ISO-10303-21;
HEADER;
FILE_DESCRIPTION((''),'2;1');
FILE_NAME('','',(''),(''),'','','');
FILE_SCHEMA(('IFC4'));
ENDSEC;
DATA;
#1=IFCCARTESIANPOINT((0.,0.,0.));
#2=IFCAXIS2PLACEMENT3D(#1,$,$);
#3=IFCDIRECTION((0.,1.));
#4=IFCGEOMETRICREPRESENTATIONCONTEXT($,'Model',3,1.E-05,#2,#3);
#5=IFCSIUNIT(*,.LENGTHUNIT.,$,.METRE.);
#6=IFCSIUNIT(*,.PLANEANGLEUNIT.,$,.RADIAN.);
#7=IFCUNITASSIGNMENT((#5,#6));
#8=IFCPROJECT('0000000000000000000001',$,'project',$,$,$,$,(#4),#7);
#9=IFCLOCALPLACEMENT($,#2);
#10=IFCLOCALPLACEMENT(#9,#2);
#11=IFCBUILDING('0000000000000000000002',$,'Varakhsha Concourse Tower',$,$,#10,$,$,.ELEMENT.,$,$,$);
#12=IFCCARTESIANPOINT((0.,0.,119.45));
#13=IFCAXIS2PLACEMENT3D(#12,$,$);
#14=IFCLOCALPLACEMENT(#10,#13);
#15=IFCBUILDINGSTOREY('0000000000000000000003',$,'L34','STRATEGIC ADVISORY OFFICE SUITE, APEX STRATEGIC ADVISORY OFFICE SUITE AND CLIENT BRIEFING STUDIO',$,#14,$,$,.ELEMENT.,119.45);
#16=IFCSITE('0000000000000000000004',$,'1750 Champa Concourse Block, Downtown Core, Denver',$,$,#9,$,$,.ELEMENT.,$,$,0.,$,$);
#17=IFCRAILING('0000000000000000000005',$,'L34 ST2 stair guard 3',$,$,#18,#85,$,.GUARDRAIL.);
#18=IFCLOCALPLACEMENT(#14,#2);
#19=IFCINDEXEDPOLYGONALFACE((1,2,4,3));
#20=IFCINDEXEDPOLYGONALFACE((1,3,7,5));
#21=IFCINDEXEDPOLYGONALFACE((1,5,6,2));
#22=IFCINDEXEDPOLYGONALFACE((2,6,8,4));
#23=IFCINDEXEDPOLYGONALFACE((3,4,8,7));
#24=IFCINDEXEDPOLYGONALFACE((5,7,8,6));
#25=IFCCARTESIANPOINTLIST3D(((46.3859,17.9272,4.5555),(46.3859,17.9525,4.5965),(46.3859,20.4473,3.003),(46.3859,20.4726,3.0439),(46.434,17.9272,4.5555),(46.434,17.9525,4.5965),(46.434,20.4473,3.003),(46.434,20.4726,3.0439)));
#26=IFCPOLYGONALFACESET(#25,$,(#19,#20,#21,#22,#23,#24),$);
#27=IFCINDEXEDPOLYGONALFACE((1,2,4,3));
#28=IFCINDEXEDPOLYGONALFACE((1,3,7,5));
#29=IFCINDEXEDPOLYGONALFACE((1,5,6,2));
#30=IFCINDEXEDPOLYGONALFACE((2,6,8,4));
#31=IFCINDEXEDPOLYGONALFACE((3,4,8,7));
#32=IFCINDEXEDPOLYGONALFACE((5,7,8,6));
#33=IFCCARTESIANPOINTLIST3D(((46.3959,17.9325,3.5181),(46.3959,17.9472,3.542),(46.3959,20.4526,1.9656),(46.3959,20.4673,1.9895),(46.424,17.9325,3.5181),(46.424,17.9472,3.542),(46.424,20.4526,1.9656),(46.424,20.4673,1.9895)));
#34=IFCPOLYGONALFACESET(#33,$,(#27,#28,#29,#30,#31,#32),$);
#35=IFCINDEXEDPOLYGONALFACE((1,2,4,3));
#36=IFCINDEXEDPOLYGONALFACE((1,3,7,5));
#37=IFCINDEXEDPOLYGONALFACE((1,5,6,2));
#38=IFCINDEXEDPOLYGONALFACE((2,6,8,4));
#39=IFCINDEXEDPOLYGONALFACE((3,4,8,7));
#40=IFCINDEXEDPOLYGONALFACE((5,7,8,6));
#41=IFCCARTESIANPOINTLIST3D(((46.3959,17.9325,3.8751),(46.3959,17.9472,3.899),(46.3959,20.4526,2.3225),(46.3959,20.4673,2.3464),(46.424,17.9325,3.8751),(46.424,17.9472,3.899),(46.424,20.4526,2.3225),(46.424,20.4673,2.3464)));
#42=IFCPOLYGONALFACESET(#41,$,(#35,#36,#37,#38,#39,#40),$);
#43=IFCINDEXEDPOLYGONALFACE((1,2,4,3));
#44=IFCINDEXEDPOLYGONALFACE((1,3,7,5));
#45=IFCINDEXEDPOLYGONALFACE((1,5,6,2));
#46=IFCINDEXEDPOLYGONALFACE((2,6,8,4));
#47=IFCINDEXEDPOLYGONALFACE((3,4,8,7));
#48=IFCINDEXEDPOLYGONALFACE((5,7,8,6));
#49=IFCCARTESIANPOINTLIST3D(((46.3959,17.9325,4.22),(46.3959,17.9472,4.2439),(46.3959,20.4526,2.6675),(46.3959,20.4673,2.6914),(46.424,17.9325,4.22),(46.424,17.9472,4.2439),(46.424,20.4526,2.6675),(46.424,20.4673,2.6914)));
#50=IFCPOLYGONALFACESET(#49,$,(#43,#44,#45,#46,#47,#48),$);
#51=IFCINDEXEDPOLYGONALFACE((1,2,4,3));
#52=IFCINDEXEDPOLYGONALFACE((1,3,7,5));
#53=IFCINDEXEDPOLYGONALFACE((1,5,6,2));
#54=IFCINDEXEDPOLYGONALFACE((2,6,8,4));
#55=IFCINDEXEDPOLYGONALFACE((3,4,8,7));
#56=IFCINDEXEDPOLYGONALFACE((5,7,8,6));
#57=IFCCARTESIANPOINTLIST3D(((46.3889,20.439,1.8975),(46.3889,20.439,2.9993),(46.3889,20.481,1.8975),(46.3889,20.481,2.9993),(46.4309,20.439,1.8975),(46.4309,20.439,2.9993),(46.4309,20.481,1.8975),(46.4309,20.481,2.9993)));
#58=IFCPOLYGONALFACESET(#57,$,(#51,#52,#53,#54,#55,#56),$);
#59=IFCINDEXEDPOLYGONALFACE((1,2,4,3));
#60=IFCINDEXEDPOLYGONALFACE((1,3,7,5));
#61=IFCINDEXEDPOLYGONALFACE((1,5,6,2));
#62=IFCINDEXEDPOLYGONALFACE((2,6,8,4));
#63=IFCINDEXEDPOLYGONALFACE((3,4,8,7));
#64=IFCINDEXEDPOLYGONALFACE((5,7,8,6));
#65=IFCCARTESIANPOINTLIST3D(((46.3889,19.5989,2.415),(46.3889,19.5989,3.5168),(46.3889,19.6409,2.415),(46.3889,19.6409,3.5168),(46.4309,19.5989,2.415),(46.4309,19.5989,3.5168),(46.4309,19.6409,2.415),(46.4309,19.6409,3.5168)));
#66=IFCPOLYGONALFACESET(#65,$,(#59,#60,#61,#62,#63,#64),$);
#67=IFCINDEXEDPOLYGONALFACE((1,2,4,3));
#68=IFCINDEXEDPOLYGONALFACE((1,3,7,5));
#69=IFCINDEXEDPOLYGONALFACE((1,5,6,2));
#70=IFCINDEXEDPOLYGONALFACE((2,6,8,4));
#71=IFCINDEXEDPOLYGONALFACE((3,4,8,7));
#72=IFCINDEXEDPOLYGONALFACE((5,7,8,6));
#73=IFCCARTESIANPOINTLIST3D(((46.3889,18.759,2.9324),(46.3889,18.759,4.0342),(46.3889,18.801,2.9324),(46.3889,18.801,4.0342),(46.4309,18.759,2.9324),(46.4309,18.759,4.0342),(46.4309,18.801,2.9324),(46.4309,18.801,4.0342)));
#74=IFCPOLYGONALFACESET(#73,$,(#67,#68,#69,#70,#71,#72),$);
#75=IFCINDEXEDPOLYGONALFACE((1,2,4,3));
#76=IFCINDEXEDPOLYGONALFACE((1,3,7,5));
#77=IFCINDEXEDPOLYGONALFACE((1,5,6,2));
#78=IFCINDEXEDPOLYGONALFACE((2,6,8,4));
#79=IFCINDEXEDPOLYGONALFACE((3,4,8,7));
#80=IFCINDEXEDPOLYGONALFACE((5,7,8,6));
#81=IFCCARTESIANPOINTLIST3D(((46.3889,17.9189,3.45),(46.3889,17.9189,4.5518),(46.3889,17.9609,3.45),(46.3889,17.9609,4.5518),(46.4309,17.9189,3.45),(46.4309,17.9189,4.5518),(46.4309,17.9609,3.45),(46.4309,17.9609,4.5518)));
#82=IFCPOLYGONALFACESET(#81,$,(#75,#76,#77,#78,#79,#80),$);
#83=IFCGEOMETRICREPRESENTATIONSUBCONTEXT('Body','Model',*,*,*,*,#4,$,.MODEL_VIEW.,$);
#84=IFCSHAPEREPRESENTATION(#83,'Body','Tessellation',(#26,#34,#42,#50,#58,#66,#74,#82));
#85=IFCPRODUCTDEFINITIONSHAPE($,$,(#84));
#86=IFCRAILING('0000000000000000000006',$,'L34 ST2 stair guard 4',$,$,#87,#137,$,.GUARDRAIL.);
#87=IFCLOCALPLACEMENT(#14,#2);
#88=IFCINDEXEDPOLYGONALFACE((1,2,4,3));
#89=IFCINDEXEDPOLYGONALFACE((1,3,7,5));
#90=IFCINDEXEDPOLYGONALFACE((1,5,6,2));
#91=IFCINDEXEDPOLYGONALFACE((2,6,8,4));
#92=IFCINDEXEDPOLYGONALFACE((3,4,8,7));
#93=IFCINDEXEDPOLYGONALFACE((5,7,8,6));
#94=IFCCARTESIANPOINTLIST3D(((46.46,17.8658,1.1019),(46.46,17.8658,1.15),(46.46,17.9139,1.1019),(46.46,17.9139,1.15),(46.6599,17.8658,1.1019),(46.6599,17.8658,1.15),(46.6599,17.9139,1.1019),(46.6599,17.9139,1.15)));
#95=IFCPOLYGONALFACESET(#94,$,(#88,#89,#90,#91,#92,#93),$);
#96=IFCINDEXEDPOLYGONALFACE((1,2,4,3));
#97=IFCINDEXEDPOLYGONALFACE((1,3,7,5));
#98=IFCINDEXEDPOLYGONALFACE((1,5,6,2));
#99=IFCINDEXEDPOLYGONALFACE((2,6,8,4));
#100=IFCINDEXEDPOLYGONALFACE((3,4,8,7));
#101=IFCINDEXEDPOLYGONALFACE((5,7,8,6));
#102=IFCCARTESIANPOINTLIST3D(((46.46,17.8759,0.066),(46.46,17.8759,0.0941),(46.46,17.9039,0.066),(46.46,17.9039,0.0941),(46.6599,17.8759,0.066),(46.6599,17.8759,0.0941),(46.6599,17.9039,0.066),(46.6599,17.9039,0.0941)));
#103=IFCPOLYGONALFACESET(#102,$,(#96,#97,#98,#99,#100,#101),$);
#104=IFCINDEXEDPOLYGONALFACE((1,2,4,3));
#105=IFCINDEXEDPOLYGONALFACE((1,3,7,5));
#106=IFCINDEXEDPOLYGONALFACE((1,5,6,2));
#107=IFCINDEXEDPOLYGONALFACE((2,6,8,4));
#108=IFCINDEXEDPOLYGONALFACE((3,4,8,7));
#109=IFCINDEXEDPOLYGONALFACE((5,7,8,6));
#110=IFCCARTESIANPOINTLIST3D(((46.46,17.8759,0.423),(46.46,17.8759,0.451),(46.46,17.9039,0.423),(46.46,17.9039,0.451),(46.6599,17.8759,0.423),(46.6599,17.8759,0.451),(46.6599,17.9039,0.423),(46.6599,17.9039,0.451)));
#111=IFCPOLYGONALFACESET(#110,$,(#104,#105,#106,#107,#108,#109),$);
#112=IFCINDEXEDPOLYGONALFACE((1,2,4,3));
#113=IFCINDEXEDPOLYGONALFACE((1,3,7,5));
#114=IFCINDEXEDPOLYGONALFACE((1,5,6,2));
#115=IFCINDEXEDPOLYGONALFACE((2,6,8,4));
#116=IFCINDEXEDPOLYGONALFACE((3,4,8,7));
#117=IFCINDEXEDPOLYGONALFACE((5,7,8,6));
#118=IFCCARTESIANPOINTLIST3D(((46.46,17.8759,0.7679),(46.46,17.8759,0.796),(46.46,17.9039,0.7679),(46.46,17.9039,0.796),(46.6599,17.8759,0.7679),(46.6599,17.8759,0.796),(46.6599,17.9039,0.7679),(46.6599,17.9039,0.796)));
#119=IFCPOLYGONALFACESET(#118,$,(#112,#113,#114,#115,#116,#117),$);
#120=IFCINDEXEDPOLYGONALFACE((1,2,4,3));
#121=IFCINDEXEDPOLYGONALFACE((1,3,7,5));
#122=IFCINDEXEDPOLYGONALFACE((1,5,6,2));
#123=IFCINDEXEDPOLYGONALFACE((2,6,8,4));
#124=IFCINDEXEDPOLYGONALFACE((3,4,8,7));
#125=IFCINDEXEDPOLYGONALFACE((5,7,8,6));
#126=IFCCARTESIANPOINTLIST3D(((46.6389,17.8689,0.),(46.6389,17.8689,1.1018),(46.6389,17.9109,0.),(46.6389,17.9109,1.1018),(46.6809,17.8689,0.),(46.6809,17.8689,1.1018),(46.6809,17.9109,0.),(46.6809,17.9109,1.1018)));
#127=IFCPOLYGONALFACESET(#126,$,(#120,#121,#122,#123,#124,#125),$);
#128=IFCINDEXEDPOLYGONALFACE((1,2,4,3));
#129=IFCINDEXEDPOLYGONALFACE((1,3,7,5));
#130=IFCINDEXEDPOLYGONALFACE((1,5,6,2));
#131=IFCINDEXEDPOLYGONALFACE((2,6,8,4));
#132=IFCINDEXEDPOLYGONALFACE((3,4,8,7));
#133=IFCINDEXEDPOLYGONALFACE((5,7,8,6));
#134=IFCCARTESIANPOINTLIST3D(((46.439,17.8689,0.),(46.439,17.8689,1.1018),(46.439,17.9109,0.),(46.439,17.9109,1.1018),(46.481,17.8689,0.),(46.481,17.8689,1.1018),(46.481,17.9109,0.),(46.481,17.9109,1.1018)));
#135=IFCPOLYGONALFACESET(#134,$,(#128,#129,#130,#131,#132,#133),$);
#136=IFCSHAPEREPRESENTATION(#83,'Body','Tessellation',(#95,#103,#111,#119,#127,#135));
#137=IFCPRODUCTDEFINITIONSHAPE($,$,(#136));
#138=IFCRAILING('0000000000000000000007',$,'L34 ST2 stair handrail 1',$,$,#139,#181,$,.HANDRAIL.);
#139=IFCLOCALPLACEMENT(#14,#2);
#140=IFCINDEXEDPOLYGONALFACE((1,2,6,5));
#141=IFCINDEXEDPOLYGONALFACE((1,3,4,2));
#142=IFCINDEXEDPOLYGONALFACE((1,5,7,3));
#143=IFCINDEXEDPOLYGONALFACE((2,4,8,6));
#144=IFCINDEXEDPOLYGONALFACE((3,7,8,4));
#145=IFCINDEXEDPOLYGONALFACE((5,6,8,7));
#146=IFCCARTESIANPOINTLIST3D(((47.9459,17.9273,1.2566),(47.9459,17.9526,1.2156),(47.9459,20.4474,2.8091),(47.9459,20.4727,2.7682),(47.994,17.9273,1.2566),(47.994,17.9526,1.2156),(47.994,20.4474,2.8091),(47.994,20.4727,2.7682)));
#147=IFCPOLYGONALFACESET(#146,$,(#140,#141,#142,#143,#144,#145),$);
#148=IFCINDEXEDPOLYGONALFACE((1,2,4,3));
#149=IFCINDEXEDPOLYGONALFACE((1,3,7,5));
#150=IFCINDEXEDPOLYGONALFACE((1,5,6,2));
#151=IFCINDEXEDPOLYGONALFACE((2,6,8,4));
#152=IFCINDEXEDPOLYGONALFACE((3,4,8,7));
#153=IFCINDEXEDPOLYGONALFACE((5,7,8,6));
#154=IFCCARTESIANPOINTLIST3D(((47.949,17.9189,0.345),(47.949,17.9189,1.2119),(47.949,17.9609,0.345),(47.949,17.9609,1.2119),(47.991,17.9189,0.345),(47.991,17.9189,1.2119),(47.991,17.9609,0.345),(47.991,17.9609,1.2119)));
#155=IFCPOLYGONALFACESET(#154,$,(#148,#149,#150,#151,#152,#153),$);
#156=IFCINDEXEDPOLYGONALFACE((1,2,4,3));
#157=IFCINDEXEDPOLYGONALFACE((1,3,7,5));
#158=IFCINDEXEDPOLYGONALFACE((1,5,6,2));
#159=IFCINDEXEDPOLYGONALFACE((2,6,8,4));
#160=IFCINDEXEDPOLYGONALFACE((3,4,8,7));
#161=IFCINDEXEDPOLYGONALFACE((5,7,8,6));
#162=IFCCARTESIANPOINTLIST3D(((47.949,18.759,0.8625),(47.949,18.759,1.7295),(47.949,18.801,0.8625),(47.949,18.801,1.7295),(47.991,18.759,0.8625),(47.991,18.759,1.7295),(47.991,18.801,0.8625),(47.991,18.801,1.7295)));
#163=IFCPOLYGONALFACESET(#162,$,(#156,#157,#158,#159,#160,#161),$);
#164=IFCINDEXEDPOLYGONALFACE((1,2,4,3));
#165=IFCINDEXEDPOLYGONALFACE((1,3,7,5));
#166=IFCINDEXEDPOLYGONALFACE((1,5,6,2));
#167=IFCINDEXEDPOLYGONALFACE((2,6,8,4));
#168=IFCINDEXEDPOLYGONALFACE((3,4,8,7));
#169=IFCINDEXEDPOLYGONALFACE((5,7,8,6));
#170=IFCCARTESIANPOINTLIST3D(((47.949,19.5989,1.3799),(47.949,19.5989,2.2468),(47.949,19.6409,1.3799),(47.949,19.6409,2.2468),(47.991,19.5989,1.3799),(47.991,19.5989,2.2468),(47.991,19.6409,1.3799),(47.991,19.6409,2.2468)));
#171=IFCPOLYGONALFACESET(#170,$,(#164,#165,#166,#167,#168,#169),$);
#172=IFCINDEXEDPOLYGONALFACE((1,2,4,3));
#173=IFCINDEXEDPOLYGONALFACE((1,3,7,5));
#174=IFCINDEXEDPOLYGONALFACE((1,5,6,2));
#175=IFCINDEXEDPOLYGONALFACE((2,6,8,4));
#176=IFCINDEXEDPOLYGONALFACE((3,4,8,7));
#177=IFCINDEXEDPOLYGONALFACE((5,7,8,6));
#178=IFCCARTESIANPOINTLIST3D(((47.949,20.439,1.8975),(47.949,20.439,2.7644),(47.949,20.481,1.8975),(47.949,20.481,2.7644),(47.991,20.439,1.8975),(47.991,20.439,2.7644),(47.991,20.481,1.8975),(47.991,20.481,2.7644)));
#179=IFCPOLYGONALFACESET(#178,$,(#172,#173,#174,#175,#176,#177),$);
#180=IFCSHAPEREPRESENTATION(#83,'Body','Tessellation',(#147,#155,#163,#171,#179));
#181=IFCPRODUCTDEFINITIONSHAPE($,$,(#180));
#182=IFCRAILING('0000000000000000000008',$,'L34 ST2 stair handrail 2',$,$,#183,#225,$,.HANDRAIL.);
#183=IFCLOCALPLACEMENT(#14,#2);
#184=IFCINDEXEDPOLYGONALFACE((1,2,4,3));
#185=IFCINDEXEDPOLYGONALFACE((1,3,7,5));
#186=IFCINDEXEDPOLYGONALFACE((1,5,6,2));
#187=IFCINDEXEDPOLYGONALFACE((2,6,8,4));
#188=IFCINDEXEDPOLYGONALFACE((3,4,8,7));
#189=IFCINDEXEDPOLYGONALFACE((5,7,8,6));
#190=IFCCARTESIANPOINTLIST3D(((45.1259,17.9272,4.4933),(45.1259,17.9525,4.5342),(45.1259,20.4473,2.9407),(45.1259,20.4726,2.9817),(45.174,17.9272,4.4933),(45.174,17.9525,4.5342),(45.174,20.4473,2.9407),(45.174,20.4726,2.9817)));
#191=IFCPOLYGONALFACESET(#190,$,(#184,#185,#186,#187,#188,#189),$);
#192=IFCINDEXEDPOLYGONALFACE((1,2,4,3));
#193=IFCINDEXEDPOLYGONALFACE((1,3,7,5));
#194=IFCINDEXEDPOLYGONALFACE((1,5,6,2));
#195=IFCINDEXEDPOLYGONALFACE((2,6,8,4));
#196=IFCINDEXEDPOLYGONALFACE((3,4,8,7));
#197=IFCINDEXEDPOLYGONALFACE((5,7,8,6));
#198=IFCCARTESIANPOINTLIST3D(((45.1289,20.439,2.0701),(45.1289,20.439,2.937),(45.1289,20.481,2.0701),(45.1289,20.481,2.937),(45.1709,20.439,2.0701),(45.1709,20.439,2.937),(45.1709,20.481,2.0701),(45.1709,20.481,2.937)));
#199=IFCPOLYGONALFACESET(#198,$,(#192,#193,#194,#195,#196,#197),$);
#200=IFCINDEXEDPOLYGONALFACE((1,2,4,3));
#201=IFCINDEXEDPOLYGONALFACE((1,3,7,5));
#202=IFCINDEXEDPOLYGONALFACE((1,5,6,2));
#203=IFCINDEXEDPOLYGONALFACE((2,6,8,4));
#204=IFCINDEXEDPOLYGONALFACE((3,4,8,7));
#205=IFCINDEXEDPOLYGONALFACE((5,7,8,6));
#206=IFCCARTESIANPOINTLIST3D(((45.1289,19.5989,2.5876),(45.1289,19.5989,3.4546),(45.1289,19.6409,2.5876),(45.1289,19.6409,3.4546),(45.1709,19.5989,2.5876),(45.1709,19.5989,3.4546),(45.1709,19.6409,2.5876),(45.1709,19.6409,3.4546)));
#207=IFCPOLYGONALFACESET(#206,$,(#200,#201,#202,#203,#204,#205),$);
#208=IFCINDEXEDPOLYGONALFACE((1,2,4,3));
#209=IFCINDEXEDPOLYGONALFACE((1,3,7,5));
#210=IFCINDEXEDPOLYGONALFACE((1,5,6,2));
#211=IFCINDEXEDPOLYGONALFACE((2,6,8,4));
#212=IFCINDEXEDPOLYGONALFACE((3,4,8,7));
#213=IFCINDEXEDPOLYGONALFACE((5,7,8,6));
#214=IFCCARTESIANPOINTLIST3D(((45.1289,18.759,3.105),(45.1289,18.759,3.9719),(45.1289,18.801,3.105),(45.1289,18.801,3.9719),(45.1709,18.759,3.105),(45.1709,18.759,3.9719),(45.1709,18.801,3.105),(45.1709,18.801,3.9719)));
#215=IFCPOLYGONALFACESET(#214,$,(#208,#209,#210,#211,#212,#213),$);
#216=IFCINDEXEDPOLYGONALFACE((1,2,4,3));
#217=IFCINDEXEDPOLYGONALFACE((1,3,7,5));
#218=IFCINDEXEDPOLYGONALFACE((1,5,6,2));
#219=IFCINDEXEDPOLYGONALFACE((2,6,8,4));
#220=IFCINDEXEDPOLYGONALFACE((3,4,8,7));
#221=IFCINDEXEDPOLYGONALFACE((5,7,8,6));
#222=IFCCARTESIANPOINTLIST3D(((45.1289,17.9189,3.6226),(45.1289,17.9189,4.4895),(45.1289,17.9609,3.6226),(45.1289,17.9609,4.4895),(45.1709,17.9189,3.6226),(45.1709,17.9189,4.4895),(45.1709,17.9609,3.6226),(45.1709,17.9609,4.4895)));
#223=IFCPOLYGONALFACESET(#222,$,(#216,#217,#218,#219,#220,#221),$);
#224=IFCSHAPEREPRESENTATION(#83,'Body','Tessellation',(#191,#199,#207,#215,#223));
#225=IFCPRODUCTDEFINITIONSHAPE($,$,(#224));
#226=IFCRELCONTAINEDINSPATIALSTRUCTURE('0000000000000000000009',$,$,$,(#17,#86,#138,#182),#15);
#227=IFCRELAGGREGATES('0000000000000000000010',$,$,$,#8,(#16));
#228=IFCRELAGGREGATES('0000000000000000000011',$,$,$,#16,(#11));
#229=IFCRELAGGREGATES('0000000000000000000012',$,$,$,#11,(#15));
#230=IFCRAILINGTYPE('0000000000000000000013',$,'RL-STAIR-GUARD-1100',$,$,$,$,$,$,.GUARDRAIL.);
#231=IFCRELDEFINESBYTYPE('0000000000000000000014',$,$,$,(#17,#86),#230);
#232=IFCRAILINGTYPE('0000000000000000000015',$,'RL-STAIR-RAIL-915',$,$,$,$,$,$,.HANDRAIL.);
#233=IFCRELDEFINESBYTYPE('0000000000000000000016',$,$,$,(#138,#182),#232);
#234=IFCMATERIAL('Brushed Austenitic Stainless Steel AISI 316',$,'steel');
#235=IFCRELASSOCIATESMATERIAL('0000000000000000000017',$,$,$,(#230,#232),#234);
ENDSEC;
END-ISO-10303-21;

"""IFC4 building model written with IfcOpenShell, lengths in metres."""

from ifc_helpers import new_model, si_unit, direction, frame, origin, origin_2d, place, context, subcontext, project, spatial, rectangle, extrude, material, type_object, element, save


model = new_model("IFC4")

# Units and contexts
model_context = context("Model", 3, precision=1e-05, world=origin(), true_north=direction((0.0, 1.0)))
body_context = subcontext(model_context, "Body", "Model", "MODEL_VIEW")
ifc_project = project(units=[si_unit("LENGTHUNIT", "METRE"), si_unit("PLANEANGLEUNIT", "RADIAN")], contexts=[model_context])

# Site, building, storey
site_placement = place(None, origin())
site = spatial("IfcSite", under=ifc_project, at=site_placement, Name="1750 Champa Concourse Block, Downtown Core, Denver", CompositionType="ELEMENT", RefElevation=0.0)
building_placement = place(site_placement, origin())
building = spatial("IfcBuilding", under=site, at=building_placement, Name="Varakhsha Concourse Tower", CompositionType="ELEMENT")
storey_placement = place(building_placement, frame((0.0, 0.0, 119.45)))
storey = spatial("IfcBuildingStorey", under=building, at=storey_placement, Name="L34", Description="STRATEGIC ADVISORY OFFICE SUITE, APEX STRATEGIC ADVISORY OFFICE SUITE AND CLIENT BRIEFING STUDIO", CompositionType="ELEMENT", Elevation=119.45)

# Railings
ifc_material_1 = material(Name="Brushed Austenitic Stainless Steel AISI 316", Category="steel")
railing_type_1 = type_object("IfcRailingType", Name="RL-STAIR-GUARD-1100", PredefinedType="GUARDRAIL", material=ifc_material_1)
railing_1_placement = place(storey_placement, frame((46.4099, 20.46, 1.8975)))
element("IfcRailing", 1, at=railing_1_placement, inside=storey, type_object=railing_type_1, Name="L34 ST2 stair guard 3", PredefinedType="GUARDRAIL", context=body_context, shape_type="SweptSolid", body=[
    extrude(rectangle(XDim=0.0481, YDim=0.0481, at=origin_2d()), frame((0.0, 0.0, 1.126), z_axis=(0.0, -0.8514, 0.524516), x_axis=(1.0, 0.0, 0.0)), (0.0, 0.0, 1.0), 2.96),
    extrude(rectangle(XDim=0.0281, YDim=0.0281, at=origin_2d()), frame((0.0, 0.0, 0.0801), z_axis=(0.0, -0.8514, 0.524516), x_axis=(1.0, 0.0, 0.0)), (0.0, 0.0, 1.0), 2.96),
    extrude(rectangle(XDim=0.0281, YDim=0.0281, at=origin_2d()), frame((0.0, 0.0, 0.437), z_axis=(0.0, -0.8514, 0.524516), x_axis=(1.0, 0.0, 0.0)), (0.0, 0.0, 1.0), 2.96),
    extrude(rectangle(XDim=0.0281, YDim=0.0281, at=origin_2d()), frame((0.0, 0.0, 0.782), z_axis=(0.0, -0.8514, 0.524516), x_axis=(1.0, 0.0, 0.0)), (0.0, 0.0, 1.0), 2.96),
    extrude(rectangle(XDim=0.042, YDim=0.042, at=origin_2d()), origin(), (0.0, 0.0, 1.0), 1.1018),
    extrude(rectangle(XDim=0.042, YDim=0.042, at=origin_2d()), frame((0.0, -0.8401, 0.5176)), (0.0, 0.0, 1.0), 1.1018),
    extrude(rectangle(XDim=0.042, YDim=0.042, at=origin_2d()), frame((0.0, -1.6799, 1.0349)), (0.0, 0.0, 1.0), 1.1018),
    extrude(rectangle(XDim=0.042, YDim=0.042, at=origin_2d()), frame((0.0, -2.52, 1.5525)), (0.0, 0.0, 1.0), 1.1018),
])
railing_2_placement = place(storey_placement, frame((46.6599, 17.8899, 0.0)))
element("IfcRailing", 2, at=railing_2_placement, inside=storey, type_object=railing_type_1, Name="L34 ST2 stair guard 4", PredefinedType="GUARDRAIL", context=body_context, shape_type="SweptSolid", body=[
    extrude(rectangle(XDim=0.0481, YDim=0.0481, at=origin_2d()), frame((0.0, 0.0, 1.126), z_axis=(-1.0, 0.0, 0.0), x_axis=(0.0, -1.0, 0.0)), (0.0, 0.0, 1.0), 0.2),
    extrude(rectangle(XDim=0.0281, YDim=0.0281, at=origin_2d()), frame((0.0, 0.0, 0.0801), z_axis=(-1.0, 0.0, 0.0), x_axis=(0.0, -1.0, 0.0)), (0.0, 0.0, 1.0), 0.2),
    extrude(rectangle(XDim=0.0281, YDim=0.0281, at=origin_2d()), frame((0.0, 0.0, 0.437), z_axis=(-1.0, 0.0, 0.0), x_axis=(0.0, -1.0, 0.0)), (0.0, 0.0, 1.0), 0.2),
    extrude(rectangle(XDim=0.0281, YDim=0.0281, at=origin_2d()), frame((0.0, 0.0, 0.782), z_axis=(-1.0, 0.0, 0.0), x_axis=(0.0, -1.0, 0.0)), (0.0, 0.0, 1.0), 0.2),
    extrude(rectangle(XDim=0.042, YDim=0.042, at=origin_2d()), origin(), (0.0, 0.0, 1.0), 1.1018),
    extrude(rectangle(XDim=0.042, YDim=0.042, at=origin_2d()), frame((-0.2, 0.0, 0.0)), (0.0, 0.0, 1.0), 1.1018),
])
railing_type_2 = type_object("IfcRailingType", Name="RL-STAIR-RAIL-915", PredefinedType="HANDRAIL", material=ifc_material_1)
railing_3_placement = place(storey_placement, frame((47.97, 17.9399, 0.345)))
element("IfcRailing", 3, at=railing_3_placement, inside=storey, type_object=railing_type_2, Name="L34 ST2 stair handrail 1", PredefinedType="HANDRAIL", context=body_context, shape_type="SweptSolid", body=[
    extrude(rectangle(XDim=0.0481, YDim=0.0481, at=origin_2d()), frame((0.0, 0.0, 0.8911), z_axis=(0.0, 0.8514, 0.524516), x_axis=(-1.0, 0.0, 0.0)), (0.0, 0.0, 1.0), 2.96),
    extrude(rectangle(XDim=0.042, YDim=0.042, at=origin_2d()), origin(), (0.0, 0.0, 1.0), 0.8669),
    extrude(rectangle(XDim=0.042, YDim=0.042, at=origin_2d()), frame((0.0, 0.8401, 0.5176)), (0.0, 0.0, 1.0), 0.8669),
    extrude(rectangle(XDim=0.042, YDim=0.042, at=origin_2d()), frame((0.0, 1.6799, 1.0349)), (0.0, 0.0, 1.0), 0.8669),
    extrude(rectangle(XDim=0.042, YDim=0.042, at=origin_2d()), frame((0.0, 2.52, 1.5525)), (0.0, 0.0, 1.0), 0.8669),
])
railing_4_placement = place(storey_placement, frame((45.1499, 20.46, 2.0701)))
element("IfcRailing", 4, at=railing_4_placement, inside=storey, type_object=railing_type_2, Name="L34 ST2 stair handrail 2", PredefinedType="HANDRAIL", context=body_context, shape_type="SweptSolid", body=[
    extrude(rectangle(XDim=0.0481, YDim=0.0481, at=origin_2d()), frame((0.0, 0.0, 0.8911), z_axis=(0.0, -0.8514, 0.524516), x_axis=(1.0, 0.0, 0.0)), (0.0, 0.0, 1.0), 2.96),
    extrude(rectangle(XDim=0.042, YDim=0.042, at=origin_2d()), origin(), (0.0, 0.0, 1.0), 0.8669),
    extrude(rectangle(XDim=0.042, YDim=0.042, at=origin_2d()), frame((0.0, -0.8401, 0.5176)), (0.0, 0.0, 1.0), 0.8669),
    extrude(rectangle(XDim=0.042, YDim=0.042, at=origin_2d()), frame((0.0, -1.6799, 1.0349)), (0.0, 0.0, 1.0), 0.8669),
    extrude(rectangle(XDim=0.042, YDim=0.042, at=origin_2d()), frame((0.0, -2.52, 1.5525)), (0.0, 0.0, 1.0), 0.8669),
])

save(model, "model.ifc")
